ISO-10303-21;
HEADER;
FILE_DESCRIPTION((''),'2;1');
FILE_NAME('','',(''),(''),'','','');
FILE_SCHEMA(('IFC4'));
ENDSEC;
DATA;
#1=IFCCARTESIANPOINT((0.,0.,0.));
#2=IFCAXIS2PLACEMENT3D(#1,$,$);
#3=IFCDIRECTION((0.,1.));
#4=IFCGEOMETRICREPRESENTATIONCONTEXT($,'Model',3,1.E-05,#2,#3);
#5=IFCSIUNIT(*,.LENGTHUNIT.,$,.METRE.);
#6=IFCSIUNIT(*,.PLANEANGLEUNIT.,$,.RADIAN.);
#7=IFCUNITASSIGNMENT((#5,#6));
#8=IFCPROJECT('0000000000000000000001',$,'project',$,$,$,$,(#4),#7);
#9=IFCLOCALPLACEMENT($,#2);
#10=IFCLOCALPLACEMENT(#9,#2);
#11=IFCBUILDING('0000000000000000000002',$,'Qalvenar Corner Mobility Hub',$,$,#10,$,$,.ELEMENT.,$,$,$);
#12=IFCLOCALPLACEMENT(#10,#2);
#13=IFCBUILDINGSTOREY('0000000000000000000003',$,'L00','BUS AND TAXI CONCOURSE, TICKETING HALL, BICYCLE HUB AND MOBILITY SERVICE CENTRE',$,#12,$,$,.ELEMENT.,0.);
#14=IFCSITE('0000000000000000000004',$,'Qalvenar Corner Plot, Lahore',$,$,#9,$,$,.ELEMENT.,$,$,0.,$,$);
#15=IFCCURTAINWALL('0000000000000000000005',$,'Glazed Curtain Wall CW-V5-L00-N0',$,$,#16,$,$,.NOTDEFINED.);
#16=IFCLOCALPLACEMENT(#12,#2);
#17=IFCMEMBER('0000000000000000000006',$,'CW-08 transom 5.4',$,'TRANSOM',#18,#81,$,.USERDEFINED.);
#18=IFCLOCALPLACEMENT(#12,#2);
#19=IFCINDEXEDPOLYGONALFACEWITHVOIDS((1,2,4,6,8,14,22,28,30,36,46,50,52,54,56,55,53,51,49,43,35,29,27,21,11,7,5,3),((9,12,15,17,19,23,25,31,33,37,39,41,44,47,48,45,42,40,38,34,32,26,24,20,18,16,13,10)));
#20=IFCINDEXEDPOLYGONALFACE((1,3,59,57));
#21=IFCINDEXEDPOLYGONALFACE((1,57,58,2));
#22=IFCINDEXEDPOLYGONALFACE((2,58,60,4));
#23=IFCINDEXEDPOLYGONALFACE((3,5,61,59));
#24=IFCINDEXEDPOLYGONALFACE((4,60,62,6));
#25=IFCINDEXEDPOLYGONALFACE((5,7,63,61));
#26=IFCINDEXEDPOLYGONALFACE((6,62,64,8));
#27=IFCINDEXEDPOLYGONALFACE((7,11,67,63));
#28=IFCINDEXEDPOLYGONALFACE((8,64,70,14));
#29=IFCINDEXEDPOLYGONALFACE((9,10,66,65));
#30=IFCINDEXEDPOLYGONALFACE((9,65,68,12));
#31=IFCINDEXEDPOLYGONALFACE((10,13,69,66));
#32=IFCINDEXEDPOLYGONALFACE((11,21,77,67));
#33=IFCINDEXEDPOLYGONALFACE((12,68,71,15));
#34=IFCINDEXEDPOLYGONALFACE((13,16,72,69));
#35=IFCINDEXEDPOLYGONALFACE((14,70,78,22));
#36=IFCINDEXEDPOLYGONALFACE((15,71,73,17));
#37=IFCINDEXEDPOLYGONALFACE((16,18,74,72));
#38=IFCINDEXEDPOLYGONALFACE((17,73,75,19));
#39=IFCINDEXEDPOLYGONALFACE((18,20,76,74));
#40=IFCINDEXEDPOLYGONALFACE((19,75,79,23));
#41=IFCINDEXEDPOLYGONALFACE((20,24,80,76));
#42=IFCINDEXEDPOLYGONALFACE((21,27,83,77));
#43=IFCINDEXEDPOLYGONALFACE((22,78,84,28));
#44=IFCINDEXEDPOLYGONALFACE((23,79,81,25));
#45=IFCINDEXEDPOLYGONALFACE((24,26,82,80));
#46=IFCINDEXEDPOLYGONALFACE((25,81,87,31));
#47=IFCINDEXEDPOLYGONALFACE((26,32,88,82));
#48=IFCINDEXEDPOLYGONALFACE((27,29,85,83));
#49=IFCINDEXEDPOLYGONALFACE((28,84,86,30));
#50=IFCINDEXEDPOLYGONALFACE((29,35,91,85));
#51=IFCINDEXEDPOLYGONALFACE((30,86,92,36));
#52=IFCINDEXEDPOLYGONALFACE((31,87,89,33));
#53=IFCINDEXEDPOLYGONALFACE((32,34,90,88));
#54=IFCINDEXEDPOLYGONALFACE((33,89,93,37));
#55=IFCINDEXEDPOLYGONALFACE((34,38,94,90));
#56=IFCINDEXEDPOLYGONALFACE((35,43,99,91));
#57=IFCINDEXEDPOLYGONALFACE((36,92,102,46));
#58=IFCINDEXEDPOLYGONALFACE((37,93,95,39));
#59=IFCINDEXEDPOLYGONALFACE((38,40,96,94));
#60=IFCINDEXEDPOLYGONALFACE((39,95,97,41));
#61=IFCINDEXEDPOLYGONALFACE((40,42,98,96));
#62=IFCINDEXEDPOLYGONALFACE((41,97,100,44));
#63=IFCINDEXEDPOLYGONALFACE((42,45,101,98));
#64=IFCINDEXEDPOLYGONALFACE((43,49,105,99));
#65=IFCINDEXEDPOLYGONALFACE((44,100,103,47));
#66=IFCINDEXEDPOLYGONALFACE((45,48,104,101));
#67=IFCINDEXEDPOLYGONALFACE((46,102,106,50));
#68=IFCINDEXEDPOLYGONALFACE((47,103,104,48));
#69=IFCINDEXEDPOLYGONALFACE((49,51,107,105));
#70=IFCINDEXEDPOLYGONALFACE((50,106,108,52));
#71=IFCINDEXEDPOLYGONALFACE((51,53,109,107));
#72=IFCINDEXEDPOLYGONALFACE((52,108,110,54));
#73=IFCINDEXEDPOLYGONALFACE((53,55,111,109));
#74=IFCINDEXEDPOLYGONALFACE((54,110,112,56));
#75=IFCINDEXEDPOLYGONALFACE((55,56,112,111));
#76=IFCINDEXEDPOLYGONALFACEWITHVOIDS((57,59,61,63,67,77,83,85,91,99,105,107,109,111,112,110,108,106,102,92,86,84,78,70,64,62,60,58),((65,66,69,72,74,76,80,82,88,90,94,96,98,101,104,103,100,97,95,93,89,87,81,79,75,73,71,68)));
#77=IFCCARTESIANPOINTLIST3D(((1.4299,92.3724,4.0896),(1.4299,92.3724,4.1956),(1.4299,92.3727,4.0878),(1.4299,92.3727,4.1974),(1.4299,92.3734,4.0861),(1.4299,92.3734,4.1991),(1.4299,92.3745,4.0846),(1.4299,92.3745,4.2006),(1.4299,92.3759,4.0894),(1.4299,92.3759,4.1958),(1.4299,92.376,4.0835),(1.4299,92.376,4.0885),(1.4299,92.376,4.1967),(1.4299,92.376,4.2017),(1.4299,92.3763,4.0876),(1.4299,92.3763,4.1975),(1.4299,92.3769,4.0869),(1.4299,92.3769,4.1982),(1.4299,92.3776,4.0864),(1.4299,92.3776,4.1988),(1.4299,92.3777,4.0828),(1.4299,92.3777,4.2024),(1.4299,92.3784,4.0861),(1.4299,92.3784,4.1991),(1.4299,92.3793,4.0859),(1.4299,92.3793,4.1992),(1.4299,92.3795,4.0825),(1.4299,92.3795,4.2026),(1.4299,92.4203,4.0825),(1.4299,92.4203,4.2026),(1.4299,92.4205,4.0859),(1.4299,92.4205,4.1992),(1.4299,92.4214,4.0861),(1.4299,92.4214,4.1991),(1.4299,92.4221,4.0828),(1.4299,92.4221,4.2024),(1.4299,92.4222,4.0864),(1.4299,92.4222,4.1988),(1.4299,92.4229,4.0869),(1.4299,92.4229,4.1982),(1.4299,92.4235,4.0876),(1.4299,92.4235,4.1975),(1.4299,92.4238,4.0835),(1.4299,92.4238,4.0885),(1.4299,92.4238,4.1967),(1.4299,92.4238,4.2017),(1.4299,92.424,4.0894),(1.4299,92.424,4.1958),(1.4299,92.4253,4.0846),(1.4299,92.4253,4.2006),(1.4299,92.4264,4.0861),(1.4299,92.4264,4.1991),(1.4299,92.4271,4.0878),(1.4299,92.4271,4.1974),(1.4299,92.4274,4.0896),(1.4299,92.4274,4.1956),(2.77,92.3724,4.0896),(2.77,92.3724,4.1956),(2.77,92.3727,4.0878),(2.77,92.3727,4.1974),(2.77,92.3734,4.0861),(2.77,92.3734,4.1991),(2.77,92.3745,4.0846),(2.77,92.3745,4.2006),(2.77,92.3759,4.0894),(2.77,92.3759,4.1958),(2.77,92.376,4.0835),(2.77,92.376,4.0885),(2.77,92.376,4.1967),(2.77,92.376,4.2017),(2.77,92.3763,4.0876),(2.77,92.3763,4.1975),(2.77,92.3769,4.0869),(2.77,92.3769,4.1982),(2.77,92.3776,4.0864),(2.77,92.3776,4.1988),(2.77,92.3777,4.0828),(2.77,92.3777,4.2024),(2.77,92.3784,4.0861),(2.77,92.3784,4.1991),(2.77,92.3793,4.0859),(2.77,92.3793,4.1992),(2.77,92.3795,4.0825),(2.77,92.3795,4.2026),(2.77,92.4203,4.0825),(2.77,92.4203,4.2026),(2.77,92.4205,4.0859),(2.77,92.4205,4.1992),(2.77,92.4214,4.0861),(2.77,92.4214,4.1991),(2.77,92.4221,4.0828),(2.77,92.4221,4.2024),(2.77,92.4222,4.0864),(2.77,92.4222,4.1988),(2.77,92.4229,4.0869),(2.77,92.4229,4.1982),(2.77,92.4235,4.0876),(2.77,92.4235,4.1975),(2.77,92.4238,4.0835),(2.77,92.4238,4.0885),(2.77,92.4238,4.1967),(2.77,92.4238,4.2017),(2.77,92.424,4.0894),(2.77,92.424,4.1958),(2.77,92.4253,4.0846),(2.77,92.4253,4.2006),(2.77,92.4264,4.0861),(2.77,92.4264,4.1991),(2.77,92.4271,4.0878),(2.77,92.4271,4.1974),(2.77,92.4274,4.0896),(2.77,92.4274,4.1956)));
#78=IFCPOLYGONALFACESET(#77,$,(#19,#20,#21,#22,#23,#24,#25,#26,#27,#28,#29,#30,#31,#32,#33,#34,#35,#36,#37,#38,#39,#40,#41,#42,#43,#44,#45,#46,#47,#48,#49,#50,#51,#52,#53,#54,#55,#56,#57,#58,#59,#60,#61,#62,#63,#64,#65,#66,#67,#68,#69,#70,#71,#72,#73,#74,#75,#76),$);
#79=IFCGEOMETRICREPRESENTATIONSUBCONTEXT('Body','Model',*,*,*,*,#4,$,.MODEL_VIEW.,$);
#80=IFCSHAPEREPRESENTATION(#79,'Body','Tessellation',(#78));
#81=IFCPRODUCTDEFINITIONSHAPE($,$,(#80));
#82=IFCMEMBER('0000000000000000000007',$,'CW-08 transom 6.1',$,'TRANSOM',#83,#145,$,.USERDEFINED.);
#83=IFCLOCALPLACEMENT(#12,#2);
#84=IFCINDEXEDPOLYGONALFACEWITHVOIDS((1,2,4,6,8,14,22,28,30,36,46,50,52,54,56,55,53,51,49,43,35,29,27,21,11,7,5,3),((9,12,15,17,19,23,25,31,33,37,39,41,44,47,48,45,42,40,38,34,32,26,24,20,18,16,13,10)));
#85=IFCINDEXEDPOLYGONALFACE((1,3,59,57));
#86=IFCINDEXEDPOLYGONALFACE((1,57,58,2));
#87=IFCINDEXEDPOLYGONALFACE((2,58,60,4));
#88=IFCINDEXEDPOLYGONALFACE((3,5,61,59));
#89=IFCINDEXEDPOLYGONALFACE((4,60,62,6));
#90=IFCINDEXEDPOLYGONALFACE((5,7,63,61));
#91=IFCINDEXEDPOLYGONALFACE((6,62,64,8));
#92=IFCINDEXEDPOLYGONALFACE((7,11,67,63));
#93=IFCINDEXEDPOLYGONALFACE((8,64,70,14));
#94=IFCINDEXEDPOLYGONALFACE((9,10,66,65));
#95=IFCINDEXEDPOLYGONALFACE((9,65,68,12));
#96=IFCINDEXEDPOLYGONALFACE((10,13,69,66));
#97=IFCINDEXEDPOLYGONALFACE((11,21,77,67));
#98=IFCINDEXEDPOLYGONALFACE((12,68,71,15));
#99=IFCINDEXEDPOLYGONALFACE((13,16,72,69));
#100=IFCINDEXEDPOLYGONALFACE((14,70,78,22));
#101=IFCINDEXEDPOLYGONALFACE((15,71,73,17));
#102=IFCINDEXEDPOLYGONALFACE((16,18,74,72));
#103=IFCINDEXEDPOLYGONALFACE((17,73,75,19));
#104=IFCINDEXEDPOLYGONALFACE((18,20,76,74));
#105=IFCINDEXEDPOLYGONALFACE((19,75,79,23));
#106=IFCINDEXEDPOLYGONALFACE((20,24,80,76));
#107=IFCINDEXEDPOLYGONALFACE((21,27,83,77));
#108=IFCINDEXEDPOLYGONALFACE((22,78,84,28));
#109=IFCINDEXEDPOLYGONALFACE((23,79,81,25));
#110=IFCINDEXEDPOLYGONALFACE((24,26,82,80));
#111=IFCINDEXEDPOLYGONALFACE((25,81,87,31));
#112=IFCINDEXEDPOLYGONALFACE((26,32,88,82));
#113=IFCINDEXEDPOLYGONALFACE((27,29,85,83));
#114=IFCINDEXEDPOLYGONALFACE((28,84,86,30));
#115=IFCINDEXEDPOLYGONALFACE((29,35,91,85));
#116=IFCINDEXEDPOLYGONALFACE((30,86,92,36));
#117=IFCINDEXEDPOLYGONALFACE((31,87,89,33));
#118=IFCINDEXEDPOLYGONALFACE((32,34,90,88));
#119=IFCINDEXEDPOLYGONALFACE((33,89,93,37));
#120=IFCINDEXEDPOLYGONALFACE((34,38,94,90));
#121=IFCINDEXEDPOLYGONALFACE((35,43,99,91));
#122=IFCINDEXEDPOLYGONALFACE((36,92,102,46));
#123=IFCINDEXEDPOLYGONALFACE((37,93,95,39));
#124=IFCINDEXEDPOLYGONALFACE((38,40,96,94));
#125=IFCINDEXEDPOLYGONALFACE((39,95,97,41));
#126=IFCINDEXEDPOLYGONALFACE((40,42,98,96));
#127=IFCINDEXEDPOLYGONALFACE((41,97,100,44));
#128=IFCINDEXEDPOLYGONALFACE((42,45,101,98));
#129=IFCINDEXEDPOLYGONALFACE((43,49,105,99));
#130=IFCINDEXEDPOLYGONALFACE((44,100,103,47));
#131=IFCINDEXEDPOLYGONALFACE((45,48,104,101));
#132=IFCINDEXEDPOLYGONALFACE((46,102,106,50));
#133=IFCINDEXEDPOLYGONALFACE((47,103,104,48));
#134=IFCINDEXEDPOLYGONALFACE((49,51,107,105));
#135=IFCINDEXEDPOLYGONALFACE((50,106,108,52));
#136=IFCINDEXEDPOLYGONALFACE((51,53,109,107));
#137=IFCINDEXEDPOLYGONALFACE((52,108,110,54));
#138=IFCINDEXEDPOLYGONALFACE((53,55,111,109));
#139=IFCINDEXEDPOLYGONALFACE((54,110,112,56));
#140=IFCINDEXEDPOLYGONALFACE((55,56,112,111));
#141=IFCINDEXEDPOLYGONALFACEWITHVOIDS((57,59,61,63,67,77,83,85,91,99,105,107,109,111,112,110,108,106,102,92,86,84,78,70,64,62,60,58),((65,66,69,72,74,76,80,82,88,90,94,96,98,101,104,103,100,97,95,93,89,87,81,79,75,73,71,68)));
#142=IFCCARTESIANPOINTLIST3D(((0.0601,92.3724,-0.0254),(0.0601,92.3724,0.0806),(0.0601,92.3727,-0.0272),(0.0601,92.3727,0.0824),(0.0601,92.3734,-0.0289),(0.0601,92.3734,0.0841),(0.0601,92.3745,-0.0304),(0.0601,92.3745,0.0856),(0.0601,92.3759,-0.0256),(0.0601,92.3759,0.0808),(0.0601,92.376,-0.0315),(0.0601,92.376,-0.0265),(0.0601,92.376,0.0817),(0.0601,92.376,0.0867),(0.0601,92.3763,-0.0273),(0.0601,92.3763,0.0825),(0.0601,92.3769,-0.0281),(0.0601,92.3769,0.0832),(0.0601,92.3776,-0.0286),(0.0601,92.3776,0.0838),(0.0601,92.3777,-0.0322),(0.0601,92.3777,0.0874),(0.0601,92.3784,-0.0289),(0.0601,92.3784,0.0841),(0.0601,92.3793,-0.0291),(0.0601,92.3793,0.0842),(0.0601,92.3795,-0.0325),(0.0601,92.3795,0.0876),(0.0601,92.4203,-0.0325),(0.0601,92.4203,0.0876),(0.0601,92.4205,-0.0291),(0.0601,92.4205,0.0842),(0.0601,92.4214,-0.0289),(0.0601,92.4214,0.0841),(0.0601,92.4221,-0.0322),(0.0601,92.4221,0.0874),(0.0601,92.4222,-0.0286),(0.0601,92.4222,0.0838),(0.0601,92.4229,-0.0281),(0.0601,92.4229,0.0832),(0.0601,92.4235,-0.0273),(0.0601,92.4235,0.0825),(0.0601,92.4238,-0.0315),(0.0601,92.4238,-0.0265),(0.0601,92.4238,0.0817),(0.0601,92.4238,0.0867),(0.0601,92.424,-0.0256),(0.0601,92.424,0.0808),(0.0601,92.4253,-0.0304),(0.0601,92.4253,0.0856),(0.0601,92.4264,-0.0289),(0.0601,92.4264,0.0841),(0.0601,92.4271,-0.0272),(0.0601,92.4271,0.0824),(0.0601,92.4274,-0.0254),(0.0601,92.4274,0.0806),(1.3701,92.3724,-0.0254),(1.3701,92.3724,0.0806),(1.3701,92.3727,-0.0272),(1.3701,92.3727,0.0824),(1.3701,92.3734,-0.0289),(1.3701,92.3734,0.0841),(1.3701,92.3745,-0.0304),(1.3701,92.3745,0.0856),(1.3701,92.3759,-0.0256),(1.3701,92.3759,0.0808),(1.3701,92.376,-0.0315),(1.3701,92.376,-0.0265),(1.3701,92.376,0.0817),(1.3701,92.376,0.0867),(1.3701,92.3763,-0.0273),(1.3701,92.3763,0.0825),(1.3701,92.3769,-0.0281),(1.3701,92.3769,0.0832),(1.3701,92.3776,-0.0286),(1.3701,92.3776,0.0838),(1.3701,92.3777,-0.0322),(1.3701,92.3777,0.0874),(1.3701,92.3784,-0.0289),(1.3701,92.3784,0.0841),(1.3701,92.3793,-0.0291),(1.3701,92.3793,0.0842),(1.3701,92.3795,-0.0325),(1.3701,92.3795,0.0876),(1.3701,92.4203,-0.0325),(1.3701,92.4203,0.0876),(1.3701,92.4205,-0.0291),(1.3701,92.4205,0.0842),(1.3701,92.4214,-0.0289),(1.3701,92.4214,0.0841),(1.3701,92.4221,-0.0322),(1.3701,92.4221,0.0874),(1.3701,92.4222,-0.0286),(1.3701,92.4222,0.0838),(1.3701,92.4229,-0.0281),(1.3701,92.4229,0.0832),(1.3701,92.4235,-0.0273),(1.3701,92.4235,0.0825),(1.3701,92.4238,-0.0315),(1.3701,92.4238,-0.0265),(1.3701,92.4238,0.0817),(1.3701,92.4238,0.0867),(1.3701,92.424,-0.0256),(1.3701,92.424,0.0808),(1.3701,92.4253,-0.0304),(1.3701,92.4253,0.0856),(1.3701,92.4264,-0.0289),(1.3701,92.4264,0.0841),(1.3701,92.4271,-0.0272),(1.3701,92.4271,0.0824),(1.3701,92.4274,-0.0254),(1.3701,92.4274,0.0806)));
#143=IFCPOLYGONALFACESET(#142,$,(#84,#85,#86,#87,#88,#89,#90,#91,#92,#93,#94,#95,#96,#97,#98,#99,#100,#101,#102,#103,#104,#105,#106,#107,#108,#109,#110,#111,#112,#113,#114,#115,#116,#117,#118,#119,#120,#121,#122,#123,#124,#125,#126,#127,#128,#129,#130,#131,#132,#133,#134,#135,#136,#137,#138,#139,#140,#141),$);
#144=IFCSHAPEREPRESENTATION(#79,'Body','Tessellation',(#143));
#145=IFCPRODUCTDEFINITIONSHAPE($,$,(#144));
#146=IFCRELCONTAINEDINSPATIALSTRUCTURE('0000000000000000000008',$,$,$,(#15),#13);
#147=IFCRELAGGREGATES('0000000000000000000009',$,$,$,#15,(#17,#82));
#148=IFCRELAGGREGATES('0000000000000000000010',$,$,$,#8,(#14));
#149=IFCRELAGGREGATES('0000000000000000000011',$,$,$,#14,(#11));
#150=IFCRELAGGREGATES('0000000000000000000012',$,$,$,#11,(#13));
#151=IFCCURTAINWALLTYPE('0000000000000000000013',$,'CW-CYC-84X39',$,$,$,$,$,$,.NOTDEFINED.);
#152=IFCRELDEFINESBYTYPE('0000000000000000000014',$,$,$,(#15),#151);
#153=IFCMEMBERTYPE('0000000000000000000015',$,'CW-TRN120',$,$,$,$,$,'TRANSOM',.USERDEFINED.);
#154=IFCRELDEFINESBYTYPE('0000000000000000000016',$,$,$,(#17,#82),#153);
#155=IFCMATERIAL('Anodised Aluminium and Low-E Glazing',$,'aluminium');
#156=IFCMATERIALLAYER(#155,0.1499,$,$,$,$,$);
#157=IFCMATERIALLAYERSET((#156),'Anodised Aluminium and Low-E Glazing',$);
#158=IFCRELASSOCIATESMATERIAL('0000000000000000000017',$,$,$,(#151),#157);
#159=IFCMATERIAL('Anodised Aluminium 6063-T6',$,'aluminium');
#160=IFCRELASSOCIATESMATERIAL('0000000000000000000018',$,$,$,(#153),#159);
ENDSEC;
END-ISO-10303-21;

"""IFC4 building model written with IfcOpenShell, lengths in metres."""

from ifc_helpers import new_model, si_unit, direction, frame, origin, origin_2d, place, context, subcontext, project, spatial, hollow_rectangle, extrude, material, layer, layer_set, material_profile, profile_set, type_object, element, aggregate, save


model = new_model("IFC4")

# Units and contexts
model_context = context("Model", 3, precision=1e-05, world=origin(), true_north=direction((0.0, 1.0)))
body_context = subcontext(model_context, "Body", "Model", "MODEL_VIEW")
ifc_project = project(units=[si_unit("LENGTHUNIT", "METRE"), si_unit("PLANEANGLEUNIT", "RADIAN")], contexts=[model_context])

# Site, building, storey
site_placement = place(None, origin())
site = spatial("IfcSite", under=ifc_project, at=site_placement, Name="Qalvenar Corner Plot, Lahore", CompositionType="ELEMENT", RefElevation=0.0)
building_placement = place(site_placement, origin())
building = spatial("IfcBuilding", under=site, at=building_placement, Name="Qalvenar Corner Mobility Hub", CompositionType="ELEMENT")
storey_placement = place(building_placement, origin())
storey = spatial("IfcBuildingStorey", under=building, at=storey_placement, Name="L00", Description="BUS AND TAXI CONCOURSE, TICKETING HALL, BICYCLE HUB AND MOBILITY SERVICE CENTRE", CompositionType="ELEMENT", Elevation=0.0)

# Curtain wall, members
ifc_material_1 = material(Name="Anodised Aluminium and Low-E Glazing", Category="aluminium")
ifc_layer_1 = layer(ifc_material_1, 0.1499)
ifc_layer_set_1 = layer_set([ifc_layer_1], Name="Anodised Aluminium and Low-E Glazing")
curtain_wall_type = type_object("IfcCurtainWallType", Name="CW-CYC-84X39", PredefinedType="NOTDEFINED", material=ifc_layer_set_1)
curtain_wall_placement = place(storey_placement, origin())
curtain_wall = element("IfcCurtainWall", 1, at=curtain_wall_placement, inside=storey, type_object=curtain_wall_type, Name="Glazed Curtain Wall CW-V5-L00-N0", PredefinedType="NOTDEFINED")
ifc_material_2 = material(Name="Anodised Aluminium 6063-T6", Category="aluminium")
ifc_material_profile_1 = material_profile(ifc_material_2, hollow_rectangle(XDim=0.0549, YDim=0.1201, WallThickness=0.0034, InnerFilletRadius=0.0034, OuterFilletRadius=0.0071, at=origin_2d()), Name="RHS120x55x3.5")
ifc_profile_set_1 = profile_set([ifc_material_profile_1], Name="Anodised Aluminium 6063-T6")
member_type_1 = type_object("IfcMemberType", Name="CW-TRN120", ElementType="TRANSOM", PredefinedType="USERDEFINED", material=ifc_profile_set_1)
member_1_placement = place(storey_placement, frame((2.77, 92.3999, 4.1426), z_axis=(-1.0, 0.0, 0.0), x_axis=(0.0, -1.0, 0.0)))
member_1 = element("IfcMember", 2, at=member_1_placement, type_object=member_type_1, Name="CW-08 transom 5.4", ObjectType="TRANSOM", PredefinedType="USERDEFINED", context=body_context, shape_type="SweptSolid", body=[
    extrude(hollow_rectangle(XDim=0.0549, YDim=0.1201, WallThickness=0.0034, InnerFilletRadius=0.0034, OuterFilletRadius=0.0071, at=origin_2d()), origin(), (0.0, 0.0, 1.0), 1.3401),
])
member_2_placement = place(storey_placement, frame((1.3701, 92.3999, 0.0276), z_axis=(-1.0, 0.0, 0.0), x_axis=(0.0, -1.0, 0.0)))
member_2 = element("IfcMember", 3, at=member_2_placement, type_object=member_type_1, Name="CW-08 transom 6.1", ObjectType="TRANSOM", PredefinedType="USERDEFINED", context=body_context, shape_type="SweptSolid", body=[
    extrude(hollow_rectangle(XDim=0.0549, YDim=0.1201, WallThickness=0.0034, InnerFilletRadius=0.0034, OuterFilletRadius=0.0071, at=origin_2d()), origin(), (0.0, 0.0, 1.0), 1.3101),
])
aggregate(curtain_wall, [member_1, member_2])

save(model, "model.ifc")
